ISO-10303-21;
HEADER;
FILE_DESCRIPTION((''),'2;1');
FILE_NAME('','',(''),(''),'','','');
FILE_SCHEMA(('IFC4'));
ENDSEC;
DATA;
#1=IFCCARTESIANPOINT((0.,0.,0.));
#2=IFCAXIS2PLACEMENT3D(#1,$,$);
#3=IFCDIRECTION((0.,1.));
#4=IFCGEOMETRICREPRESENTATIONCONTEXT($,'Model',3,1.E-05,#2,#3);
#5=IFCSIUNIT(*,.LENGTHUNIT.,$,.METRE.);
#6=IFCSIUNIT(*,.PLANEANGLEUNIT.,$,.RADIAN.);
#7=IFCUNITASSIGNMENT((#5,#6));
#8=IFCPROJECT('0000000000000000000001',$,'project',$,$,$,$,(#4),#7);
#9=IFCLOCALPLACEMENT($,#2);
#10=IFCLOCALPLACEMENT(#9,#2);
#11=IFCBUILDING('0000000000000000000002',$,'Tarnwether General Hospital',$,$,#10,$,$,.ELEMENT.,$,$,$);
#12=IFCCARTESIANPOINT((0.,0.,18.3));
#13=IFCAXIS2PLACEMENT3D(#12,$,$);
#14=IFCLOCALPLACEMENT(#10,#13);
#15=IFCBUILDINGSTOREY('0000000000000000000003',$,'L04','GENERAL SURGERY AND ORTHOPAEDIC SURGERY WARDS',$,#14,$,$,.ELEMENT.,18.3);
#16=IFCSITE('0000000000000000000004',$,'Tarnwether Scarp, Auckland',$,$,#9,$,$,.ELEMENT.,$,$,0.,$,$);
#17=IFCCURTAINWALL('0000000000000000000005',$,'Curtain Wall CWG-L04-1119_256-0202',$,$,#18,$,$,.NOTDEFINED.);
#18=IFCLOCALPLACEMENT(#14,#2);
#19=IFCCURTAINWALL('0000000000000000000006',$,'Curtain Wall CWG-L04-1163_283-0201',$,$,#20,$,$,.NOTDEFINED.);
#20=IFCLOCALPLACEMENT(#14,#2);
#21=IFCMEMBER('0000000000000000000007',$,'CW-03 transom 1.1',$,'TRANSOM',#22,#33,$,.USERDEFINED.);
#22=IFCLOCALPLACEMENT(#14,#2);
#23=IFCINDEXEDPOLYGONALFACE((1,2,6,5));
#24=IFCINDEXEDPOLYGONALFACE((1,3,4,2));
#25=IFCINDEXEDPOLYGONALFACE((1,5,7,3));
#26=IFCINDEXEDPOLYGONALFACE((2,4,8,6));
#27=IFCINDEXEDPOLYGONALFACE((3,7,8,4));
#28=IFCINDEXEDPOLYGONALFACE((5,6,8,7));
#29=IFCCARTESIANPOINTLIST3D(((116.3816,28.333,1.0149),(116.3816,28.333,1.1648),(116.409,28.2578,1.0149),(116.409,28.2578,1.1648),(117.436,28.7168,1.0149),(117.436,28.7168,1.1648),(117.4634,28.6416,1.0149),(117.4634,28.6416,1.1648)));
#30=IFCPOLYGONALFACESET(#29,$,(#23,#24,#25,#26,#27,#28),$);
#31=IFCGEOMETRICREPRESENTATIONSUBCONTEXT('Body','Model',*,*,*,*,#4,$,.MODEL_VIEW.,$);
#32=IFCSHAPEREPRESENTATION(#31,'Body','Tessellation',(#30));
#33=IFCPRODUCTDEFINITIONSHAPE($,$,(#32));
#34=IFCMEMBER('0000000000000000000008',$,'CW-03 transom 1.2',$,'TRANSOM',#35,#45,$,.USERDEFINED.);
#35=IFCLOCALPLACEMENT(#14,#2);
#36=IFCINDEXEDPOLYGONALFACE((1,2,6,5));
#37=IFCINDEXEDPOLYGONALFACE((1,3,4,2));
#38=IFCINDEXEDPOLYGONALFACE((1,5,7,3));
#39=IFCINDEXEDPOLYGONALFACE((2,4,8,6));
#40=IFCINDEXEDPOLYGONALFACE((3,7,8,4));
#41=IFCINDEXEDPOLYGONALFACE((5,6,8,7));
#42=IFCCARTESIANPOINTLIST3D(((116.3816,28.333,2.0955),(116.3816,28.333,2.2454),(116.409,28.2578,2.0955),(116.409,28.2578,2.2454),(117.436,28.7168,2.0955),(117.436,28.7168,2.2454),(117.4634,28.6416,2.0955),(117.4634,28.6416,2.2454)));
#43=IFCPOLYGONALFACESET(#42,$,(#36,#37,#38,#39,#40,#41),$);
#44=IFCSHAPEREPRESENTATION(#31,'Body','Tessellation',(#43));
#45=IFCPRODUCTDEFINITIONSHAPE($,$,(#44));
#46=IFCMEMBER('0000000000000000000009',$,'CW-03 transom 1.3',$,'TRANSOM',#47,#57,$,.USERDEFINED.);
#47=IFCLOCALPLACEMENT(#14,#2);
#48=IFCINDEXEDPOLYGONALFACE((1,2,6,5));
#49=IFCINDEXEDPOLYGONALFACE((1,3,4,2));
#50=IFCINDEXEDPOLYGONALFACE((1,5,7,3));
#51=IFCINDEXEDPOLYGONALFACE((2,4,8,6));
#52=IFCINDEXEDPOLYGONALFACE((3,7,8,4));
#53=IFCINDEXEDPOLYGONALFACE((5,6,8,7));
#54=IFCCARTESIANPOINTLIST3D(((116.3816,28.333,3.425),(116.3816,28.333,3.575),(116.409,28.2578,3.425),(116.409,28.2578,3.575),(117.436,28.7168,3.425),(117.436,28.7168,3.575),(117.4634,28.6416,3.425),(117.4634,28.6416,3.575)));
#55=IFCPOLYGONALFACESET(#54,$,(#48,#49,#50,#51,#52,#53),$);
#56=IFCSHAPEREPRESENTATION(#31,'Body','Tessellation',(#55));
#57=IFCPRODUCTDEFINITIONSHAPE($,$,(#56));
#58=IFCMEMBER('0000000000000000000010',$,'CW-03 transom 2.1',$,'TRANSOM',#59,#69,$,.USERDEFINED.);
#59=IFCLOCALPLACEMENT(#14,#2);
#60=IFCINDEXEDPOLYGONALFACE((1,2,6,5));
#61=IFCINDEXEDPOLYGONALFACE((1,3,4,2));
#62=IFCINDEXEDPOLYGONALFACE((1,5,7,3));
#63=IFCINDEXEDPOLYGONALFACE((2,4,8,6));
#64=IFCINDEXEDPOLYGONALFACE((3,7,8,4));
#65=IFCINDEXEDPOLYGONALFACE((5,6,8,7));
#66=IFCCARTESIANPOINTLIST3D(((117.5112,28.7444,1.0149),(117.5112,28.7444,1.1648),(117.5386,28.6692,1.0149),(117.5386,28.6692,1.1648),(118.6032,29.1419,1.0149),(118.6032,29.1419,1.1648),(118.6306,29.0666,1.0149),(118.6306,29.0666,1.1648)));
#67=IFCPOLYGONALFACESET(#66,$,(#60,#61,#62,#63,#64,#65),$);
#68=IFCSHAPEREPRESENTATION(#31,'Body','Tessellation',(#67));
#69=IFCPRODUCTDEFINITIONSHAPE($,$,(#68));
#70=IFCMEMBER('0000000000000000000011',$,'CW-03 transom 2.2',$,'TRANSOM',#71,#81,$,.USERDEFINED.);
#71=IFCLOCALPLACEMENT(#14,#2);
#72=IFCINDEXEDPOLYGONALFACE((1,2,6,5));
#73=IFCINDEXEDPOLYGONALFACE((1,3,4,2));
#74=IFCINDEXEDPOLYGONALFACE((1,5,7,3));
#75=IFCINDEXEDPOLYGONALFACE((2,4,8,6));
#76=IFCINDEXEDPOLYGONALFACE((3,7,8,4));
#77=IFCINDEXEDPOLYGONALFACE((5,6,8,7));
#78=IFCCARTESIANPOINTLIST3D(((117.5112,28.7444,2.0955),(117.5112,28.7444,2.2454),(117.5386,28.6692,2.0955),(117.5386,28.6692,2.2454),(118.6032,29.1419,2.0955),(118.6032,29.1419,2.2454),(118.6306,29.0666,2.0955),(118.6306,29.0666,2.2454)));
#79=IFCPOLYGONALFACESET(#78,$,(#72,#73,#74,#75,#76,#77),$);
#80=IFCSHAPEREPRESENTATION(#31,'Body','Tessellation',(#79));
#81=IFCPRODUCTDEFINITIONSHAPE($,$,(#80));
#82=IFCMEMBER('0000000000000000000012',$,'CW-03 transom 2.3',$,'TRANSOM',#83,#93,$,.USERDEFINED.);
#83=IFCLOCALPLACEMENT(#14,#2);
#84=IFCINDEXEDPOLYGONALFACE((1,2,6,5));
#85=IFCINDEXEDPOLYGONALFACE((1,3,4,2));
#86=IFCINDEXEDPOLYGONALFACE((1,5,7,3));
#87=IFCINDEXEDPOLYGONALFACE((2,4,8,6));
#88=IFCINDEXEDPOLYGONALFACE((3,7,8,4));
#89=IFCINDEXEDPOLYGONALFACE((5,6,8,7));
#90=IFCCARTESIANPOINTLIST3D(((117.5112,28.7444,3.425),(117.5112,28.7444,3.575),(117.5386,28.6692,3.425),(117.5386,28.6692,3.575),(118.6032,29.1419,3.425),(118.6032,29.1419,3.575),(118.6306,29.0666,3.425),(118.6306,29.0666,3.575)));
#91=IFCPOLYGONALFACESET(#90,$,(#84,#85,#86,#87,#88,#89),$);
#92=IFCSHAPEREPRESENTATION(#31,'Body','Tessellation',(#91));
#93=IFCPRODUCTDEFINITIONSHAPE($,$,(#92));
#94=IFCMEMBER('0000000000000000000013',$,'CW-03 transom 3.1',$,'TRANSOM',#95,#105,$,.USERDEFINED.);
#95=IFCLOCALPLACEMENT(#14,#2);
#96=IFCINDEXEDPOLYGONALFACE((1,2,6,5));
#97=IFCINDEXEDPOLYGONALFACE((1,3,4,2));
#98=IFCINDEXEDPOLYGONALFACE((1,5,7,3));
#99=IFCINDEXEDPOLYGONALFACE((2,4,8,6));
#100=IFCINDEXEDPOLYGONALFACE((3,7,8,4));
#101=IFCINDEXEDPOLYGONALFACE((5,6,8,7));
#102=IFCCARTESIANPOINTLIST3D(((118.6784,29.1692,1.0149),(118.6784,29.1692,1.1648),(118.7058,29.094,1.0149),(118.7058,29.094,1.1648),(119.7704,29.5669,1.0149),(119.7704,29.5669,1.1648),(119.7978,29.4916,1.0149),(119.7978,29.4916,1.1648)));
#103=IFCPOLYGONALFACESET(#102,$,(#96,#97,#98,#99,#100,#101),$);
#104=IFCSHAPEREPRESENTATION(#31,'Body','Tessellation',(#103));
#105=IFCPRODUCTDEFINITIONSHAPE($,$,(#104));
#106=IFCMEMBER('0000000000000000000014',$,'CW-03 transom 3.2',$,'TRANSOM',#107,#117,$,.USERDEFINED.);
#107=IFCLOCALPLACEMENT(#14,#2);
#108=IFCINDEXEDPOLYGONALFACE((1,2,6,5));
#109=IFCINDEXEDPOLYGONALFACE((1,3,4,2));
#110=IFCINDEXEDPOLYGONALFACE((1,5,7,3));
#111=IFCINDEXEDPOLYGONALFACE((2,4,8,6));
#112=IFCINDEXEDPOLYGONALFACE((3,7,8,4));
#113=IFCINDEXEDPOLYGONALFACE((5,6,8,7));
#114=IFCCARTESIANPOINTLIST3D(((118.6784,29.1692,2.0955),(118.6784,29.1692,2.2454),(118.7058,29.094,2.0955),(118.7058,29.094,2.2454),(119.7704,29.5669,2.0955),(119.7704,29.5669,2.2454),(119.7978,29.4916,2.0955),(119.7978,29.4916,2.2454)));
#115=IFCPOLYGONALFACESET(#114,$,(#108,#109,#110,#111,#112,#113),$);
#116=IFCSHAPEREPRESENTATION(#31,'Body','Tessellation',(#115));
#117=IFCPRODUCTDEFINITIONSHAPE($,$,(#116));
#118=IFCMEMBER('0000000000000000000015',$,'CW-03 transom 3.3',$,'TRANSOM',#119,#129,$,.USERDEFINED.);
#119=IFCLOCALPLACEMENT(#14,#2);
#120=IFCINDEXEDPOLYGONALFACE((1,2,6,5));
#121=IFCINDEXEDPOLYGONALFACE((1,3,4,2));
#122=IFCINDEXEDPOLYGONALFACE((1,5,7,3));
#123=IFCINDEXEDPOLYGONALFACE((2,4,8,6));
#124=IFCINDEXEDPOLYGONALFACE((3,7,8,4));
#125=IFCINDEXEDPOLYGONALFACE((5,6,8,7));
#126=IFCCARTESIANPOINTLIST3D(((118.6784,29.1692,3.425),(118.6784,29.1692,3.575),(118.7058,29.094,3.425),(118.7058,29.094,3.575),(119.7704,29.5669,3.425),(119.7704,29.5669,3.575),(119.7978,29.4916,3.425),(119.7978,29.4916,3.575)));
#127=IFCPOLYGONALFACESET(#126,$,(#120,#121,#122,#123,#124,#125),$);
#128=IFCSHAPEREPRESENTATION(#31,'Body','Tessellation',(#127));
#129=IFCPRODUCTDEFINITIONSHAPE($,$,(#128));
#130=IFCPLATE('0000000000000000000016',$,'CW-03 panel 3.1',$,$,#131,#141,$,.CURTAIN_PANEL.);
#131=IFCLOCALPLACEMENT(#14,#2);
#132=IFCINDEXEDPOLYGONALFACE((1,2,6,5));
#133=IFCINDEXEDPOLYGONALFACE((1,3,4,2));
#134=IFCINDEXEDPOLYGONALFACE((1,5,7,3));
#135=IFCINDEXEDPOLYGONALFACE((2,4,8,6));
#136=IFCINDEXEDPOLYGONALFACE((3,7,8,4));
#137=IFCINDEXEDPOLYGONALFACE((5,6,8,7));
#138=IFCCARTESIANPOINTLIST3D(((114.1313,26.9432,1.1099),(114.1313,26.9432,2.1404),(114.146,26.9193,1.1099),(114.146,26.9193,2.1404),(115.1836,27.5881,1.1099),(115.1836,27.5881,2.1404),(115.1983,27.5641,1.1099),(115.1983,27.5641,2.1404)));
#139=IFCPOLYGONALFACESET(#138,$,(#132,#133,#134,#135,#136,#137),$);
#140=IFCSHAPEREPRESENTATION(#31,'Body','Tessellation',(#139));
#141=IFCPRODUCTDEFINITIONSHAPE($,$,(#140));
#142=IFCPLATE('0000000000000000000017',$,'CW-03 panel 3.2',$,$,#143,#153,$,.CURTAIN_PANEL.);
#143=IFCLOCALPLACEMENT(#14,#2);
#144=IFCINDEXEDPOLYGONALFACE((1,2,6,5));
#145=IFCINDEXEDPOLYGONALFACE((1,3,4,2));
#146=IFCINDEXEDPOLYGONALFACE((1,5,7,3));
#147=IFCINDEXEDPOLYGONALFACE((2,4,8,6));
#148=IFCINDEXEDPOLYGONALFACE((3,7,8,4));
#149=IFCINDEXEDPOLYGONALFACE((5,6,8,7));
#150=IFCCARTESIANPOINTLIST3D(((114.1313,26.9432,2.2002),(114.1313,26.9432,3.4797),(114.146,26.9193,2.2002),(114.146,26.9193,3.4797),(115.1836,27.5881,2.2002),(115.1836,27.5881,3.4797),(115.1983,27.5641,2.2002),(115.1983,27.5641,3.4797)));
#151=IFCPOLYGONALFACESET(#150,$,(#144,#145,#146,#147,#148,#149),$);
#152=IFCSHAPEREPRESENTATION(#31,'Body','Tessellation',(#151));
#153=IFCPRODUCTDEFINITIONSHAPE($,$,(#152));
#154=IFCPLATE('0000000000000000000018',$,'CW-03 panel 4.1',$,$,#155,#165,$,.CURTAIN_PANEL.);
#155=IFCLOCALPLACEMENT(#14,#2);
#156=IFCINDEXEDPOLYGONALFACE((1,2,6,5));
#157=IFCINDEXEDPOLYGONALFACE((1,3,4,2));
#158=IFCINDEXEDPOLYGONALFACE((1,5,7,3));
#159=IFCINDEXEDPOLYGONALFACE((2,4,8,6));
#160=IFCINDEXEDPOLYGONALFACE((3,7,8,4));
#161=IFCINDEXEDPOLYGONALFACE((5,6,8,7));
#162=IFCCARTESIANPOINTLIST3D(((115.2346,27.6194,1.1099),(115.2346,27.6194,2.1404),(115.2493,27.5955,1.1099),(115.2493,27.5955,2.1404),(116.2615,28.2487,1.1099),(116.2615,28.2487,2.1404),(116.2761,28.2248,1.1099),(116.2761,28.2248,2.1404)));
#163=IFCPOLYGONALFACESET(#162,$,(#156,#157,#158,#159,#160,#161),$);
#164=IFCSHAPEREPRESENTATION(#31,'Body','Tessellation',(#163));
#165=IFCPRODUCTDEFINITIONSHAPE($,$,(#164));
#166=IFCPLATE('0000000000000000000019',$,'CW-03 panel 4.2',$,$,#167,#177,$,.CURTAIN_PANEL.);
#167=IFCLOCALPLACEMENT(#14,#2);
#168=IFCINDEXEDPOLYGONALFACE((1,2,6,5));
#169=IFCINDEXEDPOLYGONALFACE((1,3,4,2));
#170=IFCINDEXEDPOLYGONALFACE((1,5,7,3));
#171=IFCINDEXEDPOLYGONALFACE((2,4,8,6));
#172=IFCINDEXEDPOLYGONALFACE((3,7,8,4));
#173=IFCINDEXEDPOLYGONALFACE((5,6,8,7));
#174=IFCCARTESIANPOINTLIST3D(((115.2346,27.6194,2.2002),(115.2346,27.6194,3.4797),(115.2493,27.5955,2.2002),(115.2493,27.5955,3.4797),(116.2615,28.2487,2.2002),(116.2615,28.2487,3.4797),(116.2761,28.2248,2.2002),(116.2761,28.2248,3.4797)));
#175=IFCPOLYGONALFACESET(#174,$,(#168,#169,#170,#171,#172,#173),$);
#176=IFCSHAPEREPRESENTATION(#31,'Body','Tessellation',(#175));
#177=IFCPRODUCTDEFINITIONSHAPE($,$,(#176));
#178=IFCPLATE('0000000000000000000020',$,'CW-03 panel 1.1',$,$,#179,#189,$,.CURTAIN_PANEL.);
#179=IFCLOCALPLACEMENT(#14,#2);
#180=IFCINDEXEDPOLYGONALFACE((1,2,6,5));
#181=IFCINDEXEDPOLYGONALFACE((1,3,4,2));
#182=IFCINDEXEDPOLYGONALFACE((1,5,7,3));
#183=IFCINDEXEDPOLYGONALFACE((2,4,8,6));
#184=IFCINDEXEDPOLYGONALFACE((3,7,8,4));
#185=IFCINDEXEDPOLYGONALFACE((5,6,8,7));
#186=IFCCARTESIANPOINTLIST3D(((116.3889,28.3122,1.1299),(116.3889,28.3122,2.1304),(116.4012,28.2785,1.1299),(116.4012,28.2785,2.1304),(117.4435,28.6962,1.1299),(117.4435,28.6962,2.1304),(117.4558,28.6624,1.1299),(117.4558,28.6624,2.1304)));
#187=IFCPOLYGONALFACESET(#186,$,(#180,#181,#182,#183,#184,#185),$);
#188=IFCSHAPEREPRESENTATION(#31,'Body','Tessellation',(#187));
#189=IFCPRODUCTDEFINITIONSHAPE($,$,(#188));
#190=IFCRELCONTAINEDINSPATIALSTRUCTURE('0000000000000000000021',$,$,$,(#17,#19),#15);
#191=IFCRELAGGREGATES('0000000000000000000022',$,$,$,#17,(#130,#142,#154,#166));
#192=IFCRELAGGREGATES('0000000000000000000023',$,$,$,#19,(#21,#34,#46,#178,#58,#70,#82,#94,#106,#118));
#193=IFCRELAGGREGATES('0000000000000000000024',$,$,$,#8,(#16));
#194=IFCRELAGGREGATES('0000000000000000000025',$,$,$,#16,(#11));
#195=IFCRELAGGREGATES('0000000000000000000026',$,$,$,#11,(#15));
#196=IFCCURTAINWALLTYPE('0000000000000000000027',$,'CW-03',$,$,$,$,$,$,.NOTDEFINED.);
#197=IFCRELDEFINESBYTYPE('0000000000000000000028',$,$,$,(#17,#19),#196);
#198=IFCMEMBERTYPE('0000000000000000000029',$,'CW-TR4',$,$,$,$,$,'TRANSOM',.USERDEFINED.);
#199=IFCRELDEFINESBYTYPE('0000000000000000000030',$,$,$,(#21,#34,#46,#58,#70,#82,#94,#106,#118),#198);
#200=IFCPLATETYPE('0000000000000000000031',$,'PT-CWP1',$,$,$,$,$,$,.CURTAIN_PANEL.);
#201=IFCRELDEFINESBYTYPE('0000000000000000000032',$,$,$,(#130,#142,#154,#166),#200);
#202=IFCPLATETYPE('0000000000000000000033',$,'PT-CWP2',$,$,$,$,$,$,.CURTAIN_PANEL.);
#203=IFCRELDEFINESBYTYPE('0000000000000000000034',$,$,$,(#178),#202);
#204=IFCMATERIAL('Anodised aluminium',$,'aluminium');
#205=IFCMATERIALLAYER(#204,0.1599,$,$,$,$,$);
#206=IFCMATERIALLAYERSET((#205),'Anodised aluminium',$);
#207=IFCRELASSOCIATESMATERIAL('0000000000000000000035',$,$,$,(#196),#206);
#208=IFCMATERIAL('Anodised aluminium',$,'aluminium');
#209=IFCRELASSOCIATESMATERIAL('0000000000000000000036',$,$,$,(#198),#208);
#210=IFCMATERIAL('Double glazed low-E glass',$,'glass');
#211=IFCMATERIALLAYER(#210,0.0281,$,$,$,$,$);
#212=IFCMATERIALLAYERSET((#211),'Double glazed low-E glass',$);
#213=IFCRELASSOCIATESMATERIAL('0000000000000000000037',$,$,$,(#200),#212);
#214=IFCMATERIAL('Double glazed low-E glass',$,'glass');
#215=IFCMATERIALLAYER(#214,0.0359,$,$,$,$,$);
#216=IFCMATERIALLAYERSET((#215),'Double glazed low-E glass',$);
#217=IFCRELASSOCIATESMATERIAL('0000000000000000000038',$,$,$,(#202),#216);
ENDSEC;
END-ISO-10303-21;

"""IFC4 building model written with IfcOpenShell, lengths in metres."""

from ifc_helpers import new_model, si_unit, direction, frame, origin, origin_2d, place, context, subcontext, project, spatial, rectangle, extrude, material, layer, layer_set, material_profile, profile_set, type_object, element, aggregate, save


model = new_model("IFC4")

# Units and contexts
model_context = context("Model", 3, precision=1e-05, world=origin(), true_north=direction((0.0, 1.0)))
body_context = subcontext(model_context, "Body", "Model", "MODEL_VIEW")
ifc_project = project(units=[si_unit("LENGTHUNIT", "METRE"), si_unit("PLANEANGLEUNIT", "RADIAN")], contexts=[model_context])

# Site, building, storey
site_placement = place(None, origin())
site = spatial("IfcSite", under=ifc_project, at=site_placement, Name="Tarnwether Scarp, Auckland", CompositionType="ELEMENT", RefElevation=0.0)
building_placement = place(site_placement, origin())
building = spatial("IfcBuilding", under=site, at=building_placement, Name="Tarnwether General Hospital", CompositionType="ELEMENT")
storey_placement = place(building_placement, frame((0.0, 0.0, 18.3)))
storey = spatial("IfcBuildingStorey", under=building, at=storey_placement, Name="L04", Description="GENERAL SURGERY AND ORTHOPAEDIC SURGERY WARDS", CompositionType="ELEMENT", Elevation=18.3)

# Curtain walls
ifc_material_1 = material(Name="Anodised aluminium", Category="aluminium")
ifc_layer_1 = layer(ifc_material_1, 0.1599)
ifc_layer_set_1 = layer_set([ifc_layer_1], Name="Anodised aluminium")
curtain_wall_type = type_object("IfcCurtainWallType", Name="CW-03", PredefinedType="NOTDEFINED", material=ifc_layer_set_1)
curtain_wall_1_placement = place(storey_placement, origin())
curtain_wall_1 = element("IfcCurtainWall", 1, at=curtain_wall_1_placement, inside=storey, type_object=curtain_wall_type, Name="Curtain Wall CWG-L04-1119_256-0202", PredefinedType="NOTDEFINED")
curtain_wall_2_placement = place(storey_placement, origin())
curtain_wall_2 = element("IfcCurtainWall", 2, at=curtain_wall_2_placement, inside=storey, type_object=curtain_wall_type, Name="Curtain Wall CWG-L04-1163_283-0201", PredefinedType="NOTDEFINED")

# Members
ifc_material_2 = material(Name="Anodised aluminium", Category="aluminium")
ifc_material_profile_1 = material_profile(ifc_material_2, rectangle(XDim=0.0801, YDim=0.1499, at=origin_2d()), Name="ALU-TRN-80x150")
ifc_profile_set_1 = profile_set([ifc_material_profile_1], Name="Anodised aluminium")
member_type_1 = type_object("IfcMemberType", Name="CW-TR4", ElementType="TRANSOM", PredefinedType="USERDEFINED", material=ifc_profile_set_1)
member_1_placement = place(storey_placement, frame((116.3953, 28.2954, 1.0898), z_axis=(0.939692, 0.342023, 0.0), x_axis=(-0.342023, 0.939692, 0.0)))
member_1 = element("IfcMember", 3, at=member_1_placement, type_object=member_type_1, Name="CW-03 transom 1.1", ObjectType="TRANSOM", PredefinedType="USERDEFINED", context=body_context, shape_type="SweptSolid", body=[
    extrude(rectangle(XDim=0.0801, YDim=0.1499, at=origin_2d()), origin(), (0.0, 0.0, 1.0), 1.1221),
])
member_2_placement = place(storey_placement, frame((116.3953, 28.2954, 2.1704), z_axis=(0.939692, 0.342023, 0.0), x_axis=(-0.342023, 0.939692, 0.0)))
member_2 = element("IfcMember", 4, at=member_2_placement, type_object=member_type_1, Name="CW-03 transom 1.2", ObjectType="TRANSOM", PredefinedType="USERDEFINED", context=body_context, shape_type="SweptSolid", body=[
    extrude(rectangle(XDim=0.0801, YDim=0.1499, at=origin_2d()), origin(), (0.0, 0.0, 1.0), 1.1221),
])
member_3_placement = place(storey_placement, frame((116.3953, 28.2954, 3.5), z_axis=(0.939692, 0.342023, 0.0), x_axis=(-0.342023, 0.939692, 0.0)))
member_3 = element("IfcMember", 5, at=member_3_placement, type_object=member_type_1, Name="CW-03 transom 1.3", ObjectType="TRANSOM", PredefinedType="USERDEFINED", context=body_context, shape_type="SweptSolid", body=[
    extrude(rectangle(XDim=0.0801, YDim=0.1499, at=origin_2d()), origin(), (0.0, 0.0, 1.0), 1.1221),
])
member_4_placement = place(storey_placement, frame((117.5249, 28.7068, 1.0898), z_axis=(0.939695, 0.342013, 0.0), x_axis=(-0.342013, 0.939695, 0.0)))
member_4 = element("IfcMember", 6, at=member_4_placement, type_object=member_type_1, Name="CW-03 transom 2.1", ObjectType="TRANSOM", PredefinedType="USERDEFINED", context=body_context, shape_type="SweptSolid", body=[
    extrude(rectangle(XDim=0.0801, YDim=0.1499, at=origin_2d()), origin(), (0.0, 0.0, 1.0), 1.1621),
])
member_5_placement = place(storey_placement, frame((117.5249, 28.7068, 2.1704), z_axis=(0.939695, 0.342013, 0.0), x_axis=(-0.342013, 0.939695, 0.0)))
member_5 = element("IfcMember", 7, at=member_5_placement, type_object=member_type_1, Name="CW-03 transom 2.2", ObjectType="TRANSOM", PredefinedType="USERDEFINED", context=body_context, shape_type="SweptSolid", body=[
    extrude(rectangle(XDim=0.0801, YDim=0.1499, at=origin_2d()), origin(), (0.0, 0.0, 1.0), 1.1621),
])
member_6_placement = place(storey_placement, frame((117.5249, 28.7068, 3.5), z_axis=(0.939695, 0.342013, 0.0), x_axis=(-0.342013, 0.939695, 0.0)))
member_6 = element("IfcMember", 8, at=member_6_placement, type_object=member_type_1, Name="CW-03 transom 2.3", ObjectType="TRANSOM", PredefinedType="USERDEFINED", context=body_context, shape_type="SweptSolid", body=[
    extrude(rectangle(XDim=0.0801, YDim=0.1499, at=origin_2d()), origin(), (0.0, 0.0, 1.0), 1.1621),
])
member_7_placement = place(storey_placement, frame((118.6921, 29.1316, 1.0898), z_axis=(0.939628, 0.342198, 0.0), x_axis=(-0.342198, 0.939628, 0.0)))
member_7 = element("IfcMember", 9, at=member_7_placement, type_object=member_type_1, Name="CW-03 transom 3.1", ObjectType="TRANSOM", PredefinedType="USERDEFINED", context=body_context, shape_type="SweptSolid", body=[
    extrude(rectangle(XDim=0.0801, YDim=0.1499, at=origin_2d()), origin(), (0.0, 0.0, 1.0), 1.1621),
])
member_8_placement = place(storey_placement, frame((118.6921, 29.1316, 2.1704), z_axis=(0.939628, 0.342198, 0.0), x_axis=(-0.342198, 0.939628, 0.0)))
member_8 = element("IfcMember", 10, at=member_8_placement, type_object=member_type_1, Name="CW-03 transom 3.2", ObjectType="TRANSOM", PredefinedType="USERDEFINED", context=body_context, shape_type="SweptSolid", body=[
    extrude(rectangle(XDim=0.0801, YDim=0.1499, at=origin_2d()), origin(), (0.0, 0.0, 1.0), 1.1621),
])
member_9_placement = place(storey_placement, frame((118.6921, 29.1316, 3.5), z_axis=(0.939628, 0.342198, 0.0), x_axis=(-0.342198, 0.939628, 0.0)))
member_9 = element("IfcMember", 11, at=member_9_placement, type_object=member_type_1, Name="CW-03 transom 3.3", ObjectType="TRANSOM", PredefinedType="USERDEFINED", context=body_context, shape_type="SweptSolid", body=[
    extrude(rectangle(XDim=0.0801, YDim=0.1499, at=origin_2d()), origin(), (0.0, 0.0, 1.0), 1.1621),
])

# Plates
ifc_material_3 = material(Name="Double glazed low-E glass", Category="glass")
ifc_layer_2 = layer(ifc_material_3, 0.0281)
ifc_layer_set_2 = layer_set([ifc_layer_2], Name="Double glazed low-E glass")
plate_type_1 = type_object("IfcPlateType", Name="PT-CWP1", PredefinedType="CURTAIN_PANEL", material=ifc_layer_set_2)
plate_1_placement = place(storey_placement, frame((114.6648, 27.2537, 1.1099), z_axis=(0.0, 0.0, 1.0), x_axis=(0.852632, 0.522512, 0.0)))
plate_1 = element("IfcPlate", 12, at=plate_1_placement, type_object=plate_type_1, Name="CW-03 panel 3.1", PredefinedType="CURTAIN_PANEL", context=body_context, shape_type="SweptSolid", body=[
    extrude(rectangle(XDim=1.2341, YDim=0.0281, at=origin_2d()), origin(), (0.0, 0.0, 1.0), 1.0305),
])
plate_2_placement = place(storey_placement, frame((114.6648, 27.2537, 2.2002), z_axis=(0.0, 0.0, 1.0), x_axis=(0.852632, 0.522512, 0.0)))
plate_2 = element("IfcPlate", 13, at=plate_2_placement, type_object=plate_type_1, Name="CW-03 panel 3.2", PredefinedType="CURTAIN_PANEL", context=body_context, shape_type="SweptSolid", body=[
    extrude(rectangle(XDim=1.2341, YDim=0.0281, at=origin_2d()), origin(), (0.0, 0.0, 1.0), 1.2795),
])
plate_3_placement = place(storey_placement, frame((115.7554, 27.9221, 1.1099), z_axis=(0.0, 0.0, 1.0), x_axis=(0.852632, 0.522512, 0.0)))
plate_3 = element("IfcPlate", 14, at=plate_3_placement, type_object=plate_type_1, Name="CW-03 panel 4.1", PredefinedType="CURTAIN_PANEL", context=body_context, shape_type="SweptSolid", body=[
    extrude(rectangle(XDim=1.2043, YDim=0.0281, at=origin_2d()), origin(), (0.0, 0.0, 1.0), 1.0305),
])
plate_4_placement = place(storey_placement, frame((115.7554, 27.9221, 2.2002), z_axis=(0.0, 0.0, 1.0), x_axis=(0.852632, 0.522512, 0.0)))
plate_4 = element("IfcPlate", 15, at=plate_4_placement, type_object=plate_type_1, Name="CW-03 panel 4.2", PredefinedType="CURTAIN_PANEL", context=body_context, shape_type="SweptSolid", body=[
    extrude(rectangle(XDim=1.2043, YDim=0.0281, at=origin_2d()), origin(), (0.0, 0.0, 1.0), 1.2795),
])
aggregate(curtain_wall_1, [plate_1, plate_2, plate_3, plate_4])
ifc_material_4 = material(Name="Double glazed low-E glass", Category="glass")
ifc_layer_3 = layer(ifc_material_4, 0.0359)
ifc_layer_set_3 = layer_set([ifc_layer_3], Name="Double glazed low-E glass")
plate_type_2 = type_object("IfcPlateType", Name="PT-CWP2", PredefinedType="CURTAIN_PANEL", material=ifc_layer_set_3)
plate_5_placement = place(storey_placement, frame((116.9224, 28.4873, 1.1299), z_axis=(0.0, 0.0, 1.0), x_axis=(0.939652, 0.342131, 0.0)))
plate_5 = element("IfcPlate", 16, at=plate_5_placement, type_object=plate_type_2, Name="CW-03 panel 1.1", PredefinedType="CURTAIN_PANEL", context=body_context, shape_type="SweptSolid", body=[
    extrude(rectangle(XDim=1.1223, YDim=0.0359, at=origin_2d()), origin(), (0.0, 0.0, 1.0), 1.0005),
])
aggregate(curtain_wall_2, [member_1, member_2, member_3, plate_5, member_4, member_5, member_6, member_7, member_8, member_9])

save(model, "model.ifc")
